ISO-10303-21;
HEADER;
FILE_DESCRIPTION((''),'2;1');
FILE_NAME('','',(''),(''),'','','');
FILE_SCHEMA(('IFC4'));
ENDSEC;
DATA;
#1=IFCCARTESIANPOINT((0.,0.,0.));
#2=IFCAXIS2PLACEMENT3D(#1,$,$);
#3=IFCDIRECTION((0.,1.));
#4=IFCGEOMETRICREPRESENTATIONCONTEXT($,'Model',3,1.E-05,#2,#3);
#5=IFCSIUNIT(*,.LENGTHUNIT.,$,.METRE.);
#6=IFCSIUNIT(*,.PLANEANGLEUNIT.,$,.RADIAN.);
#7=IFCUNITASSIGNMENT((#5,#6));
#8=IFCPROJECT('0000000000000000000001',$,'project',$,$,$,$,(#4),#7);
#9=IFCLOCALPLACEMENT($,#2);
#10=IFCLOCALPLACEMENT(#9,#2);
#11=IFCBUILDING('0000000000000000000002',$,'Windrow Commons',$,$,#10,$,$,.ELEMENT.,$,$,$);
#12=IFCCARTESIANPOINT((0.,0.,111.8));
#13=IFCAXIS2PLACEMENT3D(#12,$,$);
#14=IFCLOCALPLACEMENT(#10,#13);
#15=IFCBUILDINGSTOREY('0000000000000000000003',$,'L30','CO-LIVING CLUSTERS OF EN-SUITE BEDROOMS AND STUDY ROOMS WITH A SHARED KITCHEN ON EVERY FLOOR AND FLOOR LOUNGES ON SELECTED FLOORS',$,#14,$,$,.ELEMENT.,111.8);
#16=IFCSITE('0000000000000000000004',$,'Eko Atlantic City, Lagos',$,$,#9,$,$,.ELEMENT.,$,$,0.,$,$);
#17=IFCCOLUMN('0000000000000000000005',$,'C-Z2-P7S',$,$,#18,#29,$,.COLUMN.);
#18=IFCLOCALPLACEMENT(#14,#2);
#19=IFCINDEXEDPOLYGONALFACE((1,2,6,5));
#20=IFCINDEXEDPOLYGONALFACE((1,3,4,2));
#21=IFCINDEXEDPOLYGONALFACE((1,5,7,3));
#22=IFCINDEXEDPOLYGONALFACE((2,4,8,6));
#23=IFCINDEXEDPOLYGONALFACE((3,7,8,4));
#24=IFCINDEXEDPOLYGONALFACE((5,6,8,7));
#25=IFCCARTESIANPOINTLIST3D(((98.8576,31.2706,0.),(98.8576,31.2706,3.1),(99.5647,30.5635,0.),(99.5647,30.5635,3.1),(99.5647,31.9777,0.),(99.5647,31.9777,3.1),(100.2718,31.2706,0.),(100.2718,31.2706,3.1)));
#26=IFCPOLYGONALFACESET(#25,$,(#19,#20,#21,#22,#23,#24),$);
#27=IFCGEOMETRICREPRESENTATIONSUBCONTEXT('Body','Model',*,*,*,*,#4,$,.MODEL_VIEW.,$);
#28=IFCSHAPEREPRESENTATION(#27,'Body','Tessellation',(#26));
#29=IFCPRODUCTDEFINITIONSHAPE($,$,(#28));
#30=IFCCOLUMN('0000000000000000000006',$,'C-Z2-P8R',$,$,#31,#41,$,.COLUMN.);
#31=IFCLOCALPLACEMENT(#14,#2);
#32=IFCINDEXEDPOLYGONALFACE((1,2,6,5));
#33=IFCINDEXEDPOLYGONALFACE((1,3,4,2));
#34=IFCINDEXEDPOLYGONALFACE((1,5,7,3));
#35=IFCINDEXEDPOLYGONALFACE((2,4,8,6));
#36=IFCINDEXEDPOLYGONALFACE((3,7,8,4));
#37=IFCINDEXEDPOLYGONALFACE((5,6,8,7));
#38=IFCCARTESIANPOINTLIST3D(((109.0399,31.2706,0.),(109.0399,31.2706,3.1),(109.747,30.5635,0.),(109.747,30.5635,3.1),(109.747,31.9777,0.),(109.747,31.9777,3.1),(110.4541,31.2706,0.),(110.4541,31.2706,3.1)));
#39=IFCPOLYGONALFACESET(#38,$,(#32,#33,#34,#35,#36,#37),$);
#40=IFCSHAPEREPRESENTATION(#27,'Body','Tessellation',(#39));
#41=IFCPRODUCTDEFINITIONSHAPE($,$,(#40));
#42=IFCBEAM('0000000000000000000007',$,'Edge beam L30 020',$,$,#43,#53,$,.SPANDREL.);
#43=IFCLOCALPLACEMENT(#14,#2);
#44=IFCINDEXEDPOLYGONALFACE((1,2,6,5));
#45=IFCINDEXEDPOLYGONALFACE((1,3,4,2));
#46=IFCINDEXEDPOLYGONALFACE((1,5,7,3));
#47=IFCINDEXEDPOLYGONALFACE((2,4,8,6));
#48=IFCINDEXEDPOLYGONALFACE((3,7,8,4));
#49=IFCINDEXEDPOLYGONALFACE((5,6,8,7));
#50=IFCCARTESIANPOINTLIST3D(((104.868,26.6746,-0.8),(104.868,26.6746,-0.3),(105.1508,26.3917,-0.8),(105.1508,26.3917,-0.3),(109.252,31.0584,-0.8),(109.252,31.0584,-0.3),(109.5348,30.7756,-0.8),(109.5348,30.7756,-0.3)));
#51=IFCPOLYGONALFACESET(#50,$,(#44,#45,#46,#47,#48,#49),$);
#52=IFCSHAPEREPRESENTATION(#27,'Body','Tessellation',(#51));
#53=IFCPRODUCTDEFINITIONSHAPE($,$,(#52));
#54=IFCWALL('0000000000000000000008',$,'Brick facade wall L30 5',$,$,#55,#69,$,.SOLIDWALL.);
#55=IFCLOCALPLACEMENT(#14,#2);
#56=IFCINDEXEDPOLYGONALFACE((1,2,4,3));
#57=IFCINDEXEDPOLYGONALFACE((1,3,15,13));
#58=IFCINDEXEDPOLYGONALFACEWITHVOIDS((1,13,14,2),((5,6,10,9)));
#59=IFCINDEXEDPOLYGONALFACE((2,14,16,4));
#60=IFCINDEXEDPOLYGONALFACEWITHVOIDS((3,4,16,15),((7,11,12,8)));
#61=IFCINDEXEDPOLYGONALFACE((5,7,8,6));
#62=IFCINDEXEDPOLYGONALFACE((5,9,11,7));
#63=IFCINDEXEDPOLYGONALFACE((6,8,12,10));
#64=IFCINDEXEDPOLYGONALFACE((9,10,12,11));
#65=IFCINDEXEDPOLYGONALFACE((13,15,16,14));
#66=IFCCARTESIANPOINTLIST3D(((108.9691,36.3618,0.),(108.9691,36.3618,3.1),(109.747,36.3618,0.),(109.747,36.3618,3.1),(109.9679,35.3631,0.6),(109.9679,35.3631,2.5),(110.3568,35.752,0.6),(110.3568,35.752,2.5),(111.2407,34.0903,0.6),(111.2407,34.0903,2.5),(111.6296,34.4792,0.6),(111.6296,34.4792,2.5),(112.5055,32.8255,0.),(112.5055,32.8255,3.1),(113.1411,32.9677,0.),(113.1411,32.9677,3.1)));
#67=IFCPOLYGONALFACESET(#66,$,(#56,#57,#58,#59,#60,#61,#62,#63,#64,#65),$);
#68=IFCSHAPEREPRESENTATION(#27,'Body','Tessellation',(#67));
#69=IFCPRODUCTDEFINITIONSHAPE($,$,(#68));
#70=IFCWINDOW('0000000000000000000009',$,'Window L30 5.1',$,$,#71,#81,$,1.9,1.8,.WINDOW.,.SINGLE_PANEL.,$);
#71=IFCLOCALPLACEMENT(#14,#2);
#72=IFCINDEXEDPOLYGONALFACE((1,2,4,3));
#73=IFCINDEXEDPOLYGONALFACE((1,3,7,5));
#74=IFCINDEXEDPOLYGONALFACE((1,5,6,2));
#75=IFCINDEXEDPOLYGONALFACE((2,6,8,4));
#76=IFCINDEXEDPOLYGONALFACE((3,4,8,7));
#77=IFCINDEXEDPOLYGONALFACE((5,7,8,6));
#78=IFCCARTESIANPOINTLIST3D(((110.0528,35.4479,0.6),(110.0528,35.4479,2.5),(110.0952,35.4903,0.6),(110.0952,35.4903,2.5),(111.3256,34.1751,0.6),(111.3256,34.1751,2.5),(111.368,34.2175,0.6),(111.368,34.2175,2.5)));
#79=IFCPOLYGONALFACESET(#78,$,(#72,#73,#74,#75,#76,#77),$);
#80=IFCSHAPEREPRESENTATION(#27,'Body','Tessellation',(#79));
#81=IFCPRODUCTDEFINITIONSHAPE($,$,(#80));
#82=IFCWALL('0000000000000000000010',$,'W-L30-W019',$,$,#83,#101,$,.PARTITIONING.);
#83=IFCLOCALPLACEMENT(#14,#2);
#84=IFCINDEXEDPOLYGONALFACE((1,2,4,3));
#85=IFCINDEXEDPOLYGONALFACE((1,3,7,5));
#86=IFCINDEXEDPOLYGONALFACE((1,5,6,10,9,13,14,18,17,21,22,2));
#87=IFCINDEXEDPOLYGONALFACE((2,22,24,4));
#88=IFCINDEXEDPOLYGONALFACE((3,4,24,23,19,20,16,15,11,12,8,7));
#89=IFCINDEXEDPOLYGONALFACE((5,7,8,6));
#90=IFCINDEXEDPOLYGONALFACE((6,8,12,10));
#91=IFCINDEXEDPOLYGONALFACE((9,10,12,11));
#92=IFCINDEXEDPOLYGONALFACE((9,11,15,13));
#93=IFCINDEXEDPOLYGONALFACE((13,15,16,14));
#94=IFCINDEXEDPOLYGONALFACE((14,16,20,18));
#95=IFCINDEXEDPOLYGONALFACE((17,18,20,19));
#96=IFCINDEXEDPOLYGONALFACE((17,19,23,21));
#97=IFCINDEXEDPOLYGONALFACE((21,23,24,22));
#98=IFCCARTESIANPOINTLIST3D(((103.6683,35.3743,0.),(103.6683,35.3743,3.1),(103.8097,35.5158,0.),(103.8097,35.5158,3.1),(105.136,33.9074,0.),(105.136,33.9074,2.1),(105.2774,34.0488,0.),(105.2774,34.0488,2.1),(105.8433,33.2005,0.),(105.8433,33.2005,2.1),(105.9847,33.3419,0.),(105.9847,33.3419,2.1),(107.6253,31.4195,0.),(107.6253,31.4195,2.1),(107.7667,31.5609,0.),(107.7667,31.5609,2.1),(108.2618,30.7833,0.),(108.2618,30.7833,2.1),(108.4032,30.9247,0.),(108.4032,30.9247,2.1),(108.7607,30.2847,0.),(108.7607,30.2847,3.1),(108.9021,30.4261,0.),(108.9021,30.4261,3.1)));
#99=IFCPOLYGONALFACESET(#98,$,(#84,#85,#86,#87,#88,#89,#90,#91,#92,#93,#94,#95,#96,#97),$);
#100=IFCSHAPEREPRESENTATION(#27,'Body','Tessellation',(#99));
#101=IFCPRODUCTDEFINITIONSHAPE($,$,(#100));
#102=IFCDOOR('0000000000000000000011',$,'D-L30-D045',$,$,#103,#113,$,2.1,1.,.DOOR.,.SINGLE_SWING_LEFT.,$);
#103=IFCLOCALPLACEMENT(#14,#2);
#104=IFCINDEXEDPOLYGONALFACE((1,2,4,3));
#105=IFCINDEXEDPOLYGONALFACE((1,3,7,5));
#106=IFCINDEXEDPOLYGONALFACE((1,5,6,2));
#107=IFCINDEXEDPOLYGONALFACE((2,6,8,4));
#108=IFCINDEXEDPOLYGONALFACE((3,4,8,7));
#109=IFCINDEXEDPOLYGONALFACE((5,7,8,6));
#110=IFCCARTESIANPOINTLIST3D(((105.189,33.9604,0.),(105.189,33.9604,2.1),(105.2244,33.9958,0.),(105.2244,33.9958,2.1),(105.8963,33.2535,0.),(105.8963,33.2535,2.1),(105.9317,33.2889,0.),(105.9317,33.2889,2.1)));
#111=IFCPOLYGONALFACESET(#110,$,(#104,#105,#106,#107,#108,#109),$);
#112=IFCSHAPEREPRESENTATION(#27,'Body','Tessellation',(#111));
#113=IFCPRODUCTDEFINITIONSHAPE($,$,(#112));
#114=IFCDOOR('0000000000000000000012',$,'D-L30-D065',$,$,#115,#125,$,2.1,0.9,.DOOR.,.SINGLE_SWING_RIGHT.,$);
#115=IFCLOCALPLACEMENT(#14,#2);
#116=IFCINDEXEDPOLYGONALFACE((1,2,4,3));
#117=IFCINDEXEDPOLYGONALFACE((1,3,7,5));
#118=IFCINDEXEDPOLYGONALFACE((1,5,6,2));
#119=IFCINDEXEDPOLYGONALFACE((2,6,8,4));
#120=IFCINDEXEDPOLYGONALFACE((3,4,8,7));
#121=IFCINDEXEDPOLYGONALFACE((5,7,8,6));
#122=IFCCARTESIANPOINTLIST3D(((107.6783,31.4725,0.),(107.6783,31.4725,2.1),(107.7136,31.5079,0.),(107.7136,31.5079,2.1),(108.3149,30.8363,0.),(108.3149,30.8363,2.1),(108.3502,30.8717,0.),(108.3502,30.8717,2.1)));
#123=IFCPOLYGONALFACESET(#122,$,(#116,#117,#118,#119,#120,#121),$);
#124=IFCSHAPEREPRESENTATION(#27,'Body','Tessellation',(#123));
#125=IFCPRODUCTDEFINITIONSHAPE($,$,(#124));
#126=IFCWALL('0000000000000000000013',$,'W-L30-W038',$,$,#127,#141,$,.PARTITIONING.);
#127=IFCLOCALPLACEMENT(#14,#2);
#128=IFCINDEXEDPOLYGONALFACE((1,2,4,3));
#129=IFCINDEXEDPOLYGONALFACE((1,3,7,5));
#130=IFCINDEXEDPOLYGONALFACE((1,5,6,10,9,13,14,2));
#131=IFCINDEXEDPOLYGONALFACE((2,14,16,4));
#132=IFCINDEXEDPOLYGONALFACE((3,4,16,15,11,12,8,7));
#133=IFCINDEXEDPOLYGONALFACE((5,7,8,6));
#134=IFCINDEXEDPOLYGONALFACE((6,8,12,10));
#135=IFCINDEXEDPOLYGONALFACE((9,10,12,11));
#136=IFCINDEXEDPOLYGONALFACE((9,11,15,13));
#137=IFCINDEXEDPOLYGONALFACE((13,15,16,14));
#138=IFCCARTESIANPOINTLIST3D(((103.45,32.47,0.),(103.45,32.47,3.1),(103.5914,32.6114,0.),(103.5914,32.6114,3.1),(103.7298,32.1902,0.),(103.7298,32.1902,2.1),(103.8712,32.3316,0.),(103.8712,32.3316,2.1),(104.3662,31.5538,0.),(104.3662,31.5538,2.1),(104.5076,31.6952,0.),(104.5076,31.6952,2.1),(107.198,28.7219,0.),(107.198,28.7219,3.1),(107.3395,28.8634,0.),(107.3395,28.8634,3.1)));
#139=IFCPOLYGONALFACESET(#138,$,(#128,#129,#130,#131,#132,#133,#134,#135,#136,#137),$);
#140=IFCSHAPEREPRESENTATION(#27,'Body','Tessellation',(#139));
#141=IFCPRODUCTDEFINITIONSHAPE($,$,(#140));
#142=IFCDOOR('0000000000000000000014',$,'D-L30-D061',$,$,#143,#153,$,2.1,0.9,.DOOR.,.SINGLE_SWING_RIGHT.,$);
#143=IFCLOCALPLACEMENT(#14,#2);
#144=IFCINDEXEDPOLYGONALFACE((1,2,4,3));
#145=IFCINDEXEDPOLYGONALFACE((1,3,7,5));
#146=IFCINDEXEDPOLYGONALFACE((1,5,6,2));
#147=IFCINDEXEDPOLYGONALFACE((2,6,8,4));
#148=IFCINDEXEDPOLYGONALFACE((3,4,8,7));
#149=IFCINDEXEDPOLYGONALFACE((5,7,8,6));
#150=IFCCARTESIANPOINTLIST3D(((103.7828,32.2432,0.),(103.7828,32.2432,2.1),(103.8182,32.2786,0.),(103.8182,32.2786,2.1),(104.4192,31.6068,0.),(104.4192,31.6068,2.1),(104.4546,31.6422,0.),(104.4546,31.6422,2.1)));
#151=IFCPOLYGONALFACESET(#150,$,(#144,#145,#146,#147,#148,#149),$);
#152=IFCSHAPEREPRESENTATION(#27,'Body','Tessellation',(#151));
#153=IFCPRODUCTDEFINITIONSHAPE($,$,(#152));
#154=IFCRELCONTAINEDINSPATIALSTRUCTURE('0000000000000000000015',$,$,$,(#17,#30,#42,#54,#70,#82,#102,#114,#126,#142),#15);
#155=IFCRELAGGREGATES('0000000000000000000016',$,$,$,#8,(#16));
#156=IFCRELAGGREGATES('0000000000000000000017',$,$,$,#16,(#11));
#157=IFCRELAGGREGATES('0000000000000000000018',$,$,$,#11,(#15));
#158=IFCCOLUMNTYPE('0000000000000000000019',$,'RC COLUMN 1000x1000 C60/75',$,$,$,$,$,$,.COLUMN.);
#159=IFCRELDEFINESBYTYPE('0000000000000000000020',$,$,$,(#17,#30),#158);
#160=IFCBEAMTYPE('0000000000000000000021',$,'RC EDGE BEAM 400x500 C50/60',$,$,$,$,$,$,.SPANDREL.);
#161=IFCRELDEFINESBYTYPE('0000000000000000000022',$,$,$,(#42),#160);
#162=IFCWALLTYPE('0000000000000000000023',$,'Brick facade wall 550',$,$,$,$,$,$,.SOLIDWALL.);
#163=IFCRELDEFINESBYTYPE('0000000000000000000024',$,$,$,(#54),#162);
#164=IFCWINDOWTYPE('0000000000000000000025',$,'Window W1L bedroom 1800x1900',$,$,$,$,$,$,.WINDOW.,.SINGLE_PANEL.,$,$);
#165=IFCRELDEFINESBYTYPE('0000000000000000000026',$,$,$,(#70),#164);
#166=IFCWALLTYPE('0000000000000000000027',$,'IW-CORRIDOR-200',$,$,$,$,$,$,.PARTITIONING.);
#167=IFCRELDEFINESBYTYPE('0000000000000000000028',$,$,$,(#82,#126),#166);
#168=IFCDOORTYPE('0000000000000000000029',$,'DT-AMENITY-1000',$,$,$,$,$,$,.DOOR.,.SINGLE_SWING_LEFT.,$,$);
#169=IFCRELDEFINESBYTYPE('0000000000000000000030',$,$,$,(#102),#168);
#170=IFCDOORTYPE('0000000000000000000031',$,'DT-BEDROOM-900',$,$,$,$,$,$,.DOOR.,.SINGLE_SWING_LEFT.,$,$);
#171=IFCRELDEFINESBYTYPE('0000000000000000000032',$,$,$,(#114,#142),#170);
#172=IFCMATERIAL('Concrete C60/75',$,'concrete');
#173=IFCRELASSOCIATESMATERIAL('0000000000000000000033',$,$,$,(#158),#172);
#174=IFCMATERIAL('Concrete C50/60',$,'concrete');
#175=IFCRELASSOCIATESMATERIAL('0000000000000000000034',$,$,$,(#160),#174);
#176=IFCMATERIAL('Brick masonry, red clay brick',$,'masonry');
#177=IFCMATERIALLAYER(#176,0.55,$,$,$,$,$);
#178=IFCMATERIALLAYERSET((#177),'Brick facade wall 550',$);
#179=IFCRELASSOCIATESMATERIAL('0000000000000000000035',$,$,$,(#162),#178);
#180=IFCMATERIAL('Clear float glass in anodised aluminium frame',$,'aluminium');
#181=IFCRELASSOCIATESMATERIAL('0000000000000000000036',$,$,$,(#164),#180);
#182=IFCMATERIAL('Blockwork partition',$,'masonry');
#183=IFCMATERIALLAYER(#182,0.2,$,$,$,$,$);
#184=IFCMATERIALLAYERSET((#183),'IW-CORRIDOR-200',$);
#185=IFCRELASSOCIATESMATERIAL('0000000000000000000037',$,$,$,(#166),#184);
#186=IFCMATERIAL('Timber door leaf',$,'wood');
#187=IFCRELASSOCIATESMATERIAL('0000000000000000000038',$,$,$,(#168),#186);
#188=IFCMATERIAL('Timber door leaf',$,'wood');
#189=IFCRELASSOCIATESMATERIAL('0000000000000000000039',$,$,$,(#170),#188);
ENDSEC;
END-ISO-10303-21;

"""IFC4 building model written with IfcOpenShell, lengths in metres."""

from ifc_helpers import new_model, si_unit, direction, frame, frame_2d, origin, origin_2d, place, context, subcontext, project, spatial, polyline, rectangle, outline, extrude, material, layer, layer_set, material_profile, profile_set, type_object, element, fill, save


model = new_model("IFC4")

# Units and contexts
model_context = context("Model", 3, precision=1e-05, world=origin(), true_north=direction((0.0, 1.0)))
body_context = subcontext(model_context, "Body", "Model", "MODEL_VIEW")
ifc_project = project(units=[si_unit("LENGTHUNIT", "METRE"), si_unit("PLANEANGLEUNIT", "RADIAN")], contexts=[model_context])

# Site, building, storey
site_placement = place(None, origin())
site = spatial("IfcSite", under=ifc_project, at=site_placement, Name="Eko Atlantic City, Lagos", CompositionType="ELEMENT", RefElevation=0.0)
building_placement = place(site_placement, origin())
building = spatial("IfcBuilding", under=site, at=building_placement, Name="Windrow Commons", CompositionType="ELEMENT")
storey_placement = place(building_placement, frame((0.0, 0.0, 111.8)))
storey = spatial("IfcBuildingStorey", under=building, at=storey_placement, Name="L30", Description="CO-LIVING CLUSTERS OF EN-SUITE BEDROOMS AND STUDY ROOMS WITH A SHARED KITCHEN ON EVERY FLOOR AND FLOOR LOUNGES ON SELECTED FLOORS", CompositionType="ELEMENT", Elevation=111.8)

# Columns
ifc_material_1 = material(Name="Concrete C60/75", Category="concrete")
ifc_material_profile_1 = material_profile(ifc_material_1, rectangle(XDim=1.0, YDim=1.0, at=origin_2d()))
ifc_profile_set_1 = profile_set([ifc_material_profile_1], Name="Concrete C60/75")
column_type = type_object("IfcColumnType", Name="RC COLUMN 1000x1000 C60/75", PredefinedType="COLUMN", material=ifc_profile_set_1)
for number, where, z_axis, x_axis, name in (
    (1, (99.5647, 31.2706, 0.0), (0.0, 0.0, 1.0), (0.707107, -0.707107, 0.0), "C-Z2-P7S"),
    (2, (109.747, 31.2706, 0.0), (0.0, 0.0, 1.0), (0.707107, -0.707107, 0.0), "C-Z2-P8R"),
):
    element("IfcColumn", number, at=place(storey_placement, frame(where, z_axis=z_axis, x_axis=x_axis)), inside=storey, type_object=column_type, Name=name, PredefinedType="COLUMN", context=body_context, shape_type="SweptSolid", body=[
        extrude(rectangle(XDim=1.0, YDim=1.0, at=origin_2d()), origin(), (0.0, 0.0, 1.0), 3.1),
    ])

# Beam
ifc_material_2 = material(Name="Concrete C50/60", Category="concrete")
ifc_material_profile_2 = material_profile(ifc_material_2, rectangle(XDim=0.4, YDim=0.5, at=origin_2d()))
ifc_profile_set_2 = profile_set([ifc_material_profile_2], Name="Concrete C50/60")
beam_type = type_object("IfcBeamType", Name="RC EDGE BEAM 400x500 C50/60", PredefinedType="SPANDREL", material=ifc_profile_set_2)
beam_placement = place(storey_placement, frame((109.3934, 30.917, -0.55), z_axis=(-0.707115, -0.707099, 0.0), x_axis=(0.707099, -0.707115, 0.0)))
element("IfcBeam", 3, at=beam_placement, inside=storey, type_object=beam_type, Name="Edge beam L30 020", PredefinedType="SPANDREL", context=body_context, shape_type="SweptSolid", body=[
    extrude(rectangle(XDim=0.4, YDim=0.5, at=origin_2d()), origin(), (0.0, 0.0, 1.0), 6.1998),
])

# Wall, opening, window
ifc_material_3 = material(Name="Brick masonry, red clay brick", Category="masonry")
ifc_layer_1 = layer(ifc_material_3, 0.55)
ifc_layer_set_1 = layer_set([ifc_layer_1], Name="Brick facade wall 550")
wall_type_1 = type_object("IfcWallType", Name="Brick facade wall 550", PredefinedType="SOLIDWALL", material=ifc_layer_set_1)
wall_1_placement = place(storey_placement, frame((112.8233, 32.8966, 0.0), z_axis=(0.0, 0.0, 1.0), x_axis=(-0.707107, 0.707107, 0.0)))
wall_1 = element("IfcWall", 4, at=wall_1_placement, inside=storey, type_object=wall_type_1, Name="Brick facade wall L30 5", PredefinedType="SOLIDWALL", context=body_context, shape_type="SweptSolid", body=[
    extrude(outline(polyline([(-0.1744, -0.275), (4.6256, -0.275), (5.1756, 0.275), (0.1744, 0.275), (-0.1744, -0.275)])), origin(), (0.0, 0.0, 1.0), 3.1),
])
opening_1_placement = place(wall_1_placement, frame((1.9631, 0.0, 0.6)))
opening_1 = element("IfcOpeningElement", 5, at=opening_1_placement, cuts=wall_1, PredefinedType="OPENING", context=body_context, shape_type="SweptSolid", body=[
    extrude(rectangle(XDim=1.8, YDim=1.9, at=frame_2d((0.9, 0.95))), frame((0.0, 0.285, 0.0), z_axis=(0.0, -1.0, 0.0), x_axis=(1.0, 0.0, 0.0)), (0.0, 0.0, 1.0), 0.57),
])
ifc_material_4 = material(Name="Clear float glass in anodised aluminium frame", Category="aluminium")
window_type = type_object("IfcWindowType", Name="Window W1L bedroom 1800x1900", PartitioningType="SINGLE_PANEL", PredefinedType="WINDOW", material=ifc_material_4)
window_placement = place(opening_1_placement, origin())
window = element("IfcWindow", 6, at=window_placement, inside=storey, type_object=window_type, Name="Window L30 5.1", OverallHeight=1.9, OverallWidth=1.8, PartitioningType="SINGLE_PANEL", PredefinedType="WINDOW", context=body_context, shape_type="SweptSolid", body=[
    extrude(rectangle(XDim=1.8, YDim=1.9, at=frame_2d((0.9, 0.95))), frame((0.0, 0.155, 0.0), z_axis=(0.0, -1.0, 0.0), x_axis=(1.0, 0.0, 0.0)), (0.0, 0.0, 1.0), 0.06),
])
fill(opening_1, window)

# Wall, openings, doors
ifc_material_5 = material(Name="Blockwork partition", Category="masonry")
ifc_layer_2 = layer(ifc_material_5, 0.2)
ifc_layer_set_2 = layer_set([ifc_layer_2], Name="IW-CORRIDOR-200")
wall_type_2 = type_object("IfcWallType", Name="IW-CORRIDOR-200", PredefinedType="PARTITIONING", material=ifc_layer_set_2)
wall_2_placement = place(storey_placement, frame((108.8314, 30.3554, 0.0), z_axis=(0.0, 0.0, 1.0), x_axis=(-0.707301, 0.706912, 0.0)))
wall_2 = element("IfcWall", 7, at=wall_2_placement, inside=storey, type_object=wall_type_2, Name="W-L30-W019", PredefinedType="PARTITIONING", context=body_context, shape_type="SweptSolid", body=[
    extrude(rectangle(XDim=7.1998, YDim=0.2, at=frame_2d((3.5999, 0.0))), origin(), (0.0, 0.0, 1.0), 3.1),
])
opening_2_placement = place(wall_2_placement, frame((4.1247, 0.0, 0.0)))
opening_2 = element("IfcOpeningElement", 8, at=opening_2_placement, cuts=wall_2, PredefinedType="OPENING", context=body_context, shape_type="SweptSolid", body=[
    extrude(rectangle(XDim=1.0, YDim=2.1, at=frame_2d((0.5, 1.05))), frame((0.0, 0.11, 0.0), z_axis=(0.0, -1.0, 0.0), x_axis=(1.0, 0.0, 0.0)), (0.0, 0.0, 1.0), 0.22),
])
opening_3_placement = place(wall_2_placement, frame((0.7053, 0.0, 0.0)))
opening_3 = element("IfcOpeningElement", 9, at=opening_3_placement, cuts=wall_2, PredefinedType="OPENING", context=body_context, shape_type="SweptSolid", body=[
    extrude(rectangle(XDim=0.9, YDim=2.1, at=frame_2d((0.45, 1.05))), frame((0.0, 0.11, 0.0), z_axis=(0.0, -1.0, 0.0), x_axis=(1.0, 0.0, 0.0)), (0.0, 0.0, 1.0), 0.22),
])
ifc_material_6 = material(Name="Timber door leaf", Category="wood")
door_type_1 = type_object("IfcDoorType", Name="DT-AMENITY-1000", OperationType="SINGLE_SWING_LEFT", PredefinedType="DOOR", material=ifc_material_6)
door_1_placement = place(opening_2_placement, origin())
door_1 = element("IfcDoor", 10, at=door_1_placement, inside=storey, type_object=door_type_1, Name="D-L30-D045", OperationType="SINGLE_SWING_LEFT", OverallHeight=2.1, OverallWidth=1.0, PredefinedType="DOOR", context=body_context, shape_type="SweptSolid", body=[
    extrude(rectangle(XDim=1.0, YDim=2.1, at=frame_2d((0.5, 1.05))), frame((0.0, 0.025, 0.0), z_axis=(0.0, -1.0, 0.0), x_axis=(1.0, 0.0, 0.0)), (0.0, 0.0, 1.0), 0.05),
])
fill(opening_2, door_1)
ifc_material_7 = material(Name="Timber door leaf", Category="wood")
door_type_2 = type_object("IfcDoorType", Name="DT-BEDROOM-900", OperationType="SINGLE_SWING_LEFT", PredefinedType="DOOR", material=ifc_material_7)
door_2_placement = place(opening_3_placement, origin())
door_2 = element("IfcDoor", 11, at=door_2_placement, inside=storey, type_object=door_type_2, Name="D-L30-D065", OperationType="SINGLE_SWING_RIGHT", OverallHeight=2.1, OverallWidth=0.9, PredefinedType="DOOR", context=body_context, shape_type="SweptSolid", body=[
    extrude(rectangle(XDim=0.9, YDim=2.1, at=frame_2d((0.45, 1.05))), frame((0.0, 0.025, 0.0), z_axis=(0.0, -1.0, 0.0), x_axis=(1.0, 0.0, 0.0)), (0.0, 0.0, 1.0), 0.05),
])
fill(opening_3, door_2)

# Wall, opening, door
wall_3_placement = place(storey_placement, frame((103.5207, 32.5407, 0.0), z_axis=(0.0, 0.0, 1.0), x_axis=(0.707107, -0.707107, 0.0)))
wall_3 = element("IfcWall", 12, at=wall_3_placement, inside=storey, type_object=wall_type_2, Name="W-L30-W038", PredefinedType="PARTITIONING", context=body_context, shape_type="SweptSolid", body=[
    extrude(rectangle(XDim=5.3005, YDim=0.2, at=frame_2d((2.6503, 0.0))), origin(), (0.0, 0.0, 1.0), 3.1),
])
opening_4_placement = place(wall_3_placement, frame((0.3957, 0.0, 0.0)))
opening_4 = element("IfcOpeningElement", 13, at=opening_4_placement, cuts=wall_3, PredefinedType="OPENING", context=body_context, shape_type="SweptSolid", body=[
    extrude(rectangle(XDim=0.9, YDim=2.1, at=frame_2d((0.45, 1.05))), frame((0.0, 0.11, 0.0), z_axis=(0.0, -1.0, 0.0), x_axis=(1.0, 0.0, 0.0)), (0.0, 0.0, 1.0), 0.22),
])
door_3_placement = place(opening_4_placement, origin())
door_3 = element("IfcDoor", 14, at=door_3_placement, inside=storey, type_object=door_type_2, Name="D-L30-D061", OperationType="SINGLE_SWING_RIGHT", OverallHeight=2.1, OverallWidth=0.9, PredefinedType="DOOR", context=body_context, shape_type="SweptSolid", body=[
    extrude(rectangle(XDim=0.9, YDim=2.1, at=frame_2d((0.45, 1.05))), frame((0.0, 0.025, 0.0), z_axis=(0.0, -1.0, 0.0), x_axis=(1.0, 0.0, 0.0)), (0.0, 0.0, 1.0), 0.05),
])
fill(opening_4, door_3)

save(model, "model.ifc")
